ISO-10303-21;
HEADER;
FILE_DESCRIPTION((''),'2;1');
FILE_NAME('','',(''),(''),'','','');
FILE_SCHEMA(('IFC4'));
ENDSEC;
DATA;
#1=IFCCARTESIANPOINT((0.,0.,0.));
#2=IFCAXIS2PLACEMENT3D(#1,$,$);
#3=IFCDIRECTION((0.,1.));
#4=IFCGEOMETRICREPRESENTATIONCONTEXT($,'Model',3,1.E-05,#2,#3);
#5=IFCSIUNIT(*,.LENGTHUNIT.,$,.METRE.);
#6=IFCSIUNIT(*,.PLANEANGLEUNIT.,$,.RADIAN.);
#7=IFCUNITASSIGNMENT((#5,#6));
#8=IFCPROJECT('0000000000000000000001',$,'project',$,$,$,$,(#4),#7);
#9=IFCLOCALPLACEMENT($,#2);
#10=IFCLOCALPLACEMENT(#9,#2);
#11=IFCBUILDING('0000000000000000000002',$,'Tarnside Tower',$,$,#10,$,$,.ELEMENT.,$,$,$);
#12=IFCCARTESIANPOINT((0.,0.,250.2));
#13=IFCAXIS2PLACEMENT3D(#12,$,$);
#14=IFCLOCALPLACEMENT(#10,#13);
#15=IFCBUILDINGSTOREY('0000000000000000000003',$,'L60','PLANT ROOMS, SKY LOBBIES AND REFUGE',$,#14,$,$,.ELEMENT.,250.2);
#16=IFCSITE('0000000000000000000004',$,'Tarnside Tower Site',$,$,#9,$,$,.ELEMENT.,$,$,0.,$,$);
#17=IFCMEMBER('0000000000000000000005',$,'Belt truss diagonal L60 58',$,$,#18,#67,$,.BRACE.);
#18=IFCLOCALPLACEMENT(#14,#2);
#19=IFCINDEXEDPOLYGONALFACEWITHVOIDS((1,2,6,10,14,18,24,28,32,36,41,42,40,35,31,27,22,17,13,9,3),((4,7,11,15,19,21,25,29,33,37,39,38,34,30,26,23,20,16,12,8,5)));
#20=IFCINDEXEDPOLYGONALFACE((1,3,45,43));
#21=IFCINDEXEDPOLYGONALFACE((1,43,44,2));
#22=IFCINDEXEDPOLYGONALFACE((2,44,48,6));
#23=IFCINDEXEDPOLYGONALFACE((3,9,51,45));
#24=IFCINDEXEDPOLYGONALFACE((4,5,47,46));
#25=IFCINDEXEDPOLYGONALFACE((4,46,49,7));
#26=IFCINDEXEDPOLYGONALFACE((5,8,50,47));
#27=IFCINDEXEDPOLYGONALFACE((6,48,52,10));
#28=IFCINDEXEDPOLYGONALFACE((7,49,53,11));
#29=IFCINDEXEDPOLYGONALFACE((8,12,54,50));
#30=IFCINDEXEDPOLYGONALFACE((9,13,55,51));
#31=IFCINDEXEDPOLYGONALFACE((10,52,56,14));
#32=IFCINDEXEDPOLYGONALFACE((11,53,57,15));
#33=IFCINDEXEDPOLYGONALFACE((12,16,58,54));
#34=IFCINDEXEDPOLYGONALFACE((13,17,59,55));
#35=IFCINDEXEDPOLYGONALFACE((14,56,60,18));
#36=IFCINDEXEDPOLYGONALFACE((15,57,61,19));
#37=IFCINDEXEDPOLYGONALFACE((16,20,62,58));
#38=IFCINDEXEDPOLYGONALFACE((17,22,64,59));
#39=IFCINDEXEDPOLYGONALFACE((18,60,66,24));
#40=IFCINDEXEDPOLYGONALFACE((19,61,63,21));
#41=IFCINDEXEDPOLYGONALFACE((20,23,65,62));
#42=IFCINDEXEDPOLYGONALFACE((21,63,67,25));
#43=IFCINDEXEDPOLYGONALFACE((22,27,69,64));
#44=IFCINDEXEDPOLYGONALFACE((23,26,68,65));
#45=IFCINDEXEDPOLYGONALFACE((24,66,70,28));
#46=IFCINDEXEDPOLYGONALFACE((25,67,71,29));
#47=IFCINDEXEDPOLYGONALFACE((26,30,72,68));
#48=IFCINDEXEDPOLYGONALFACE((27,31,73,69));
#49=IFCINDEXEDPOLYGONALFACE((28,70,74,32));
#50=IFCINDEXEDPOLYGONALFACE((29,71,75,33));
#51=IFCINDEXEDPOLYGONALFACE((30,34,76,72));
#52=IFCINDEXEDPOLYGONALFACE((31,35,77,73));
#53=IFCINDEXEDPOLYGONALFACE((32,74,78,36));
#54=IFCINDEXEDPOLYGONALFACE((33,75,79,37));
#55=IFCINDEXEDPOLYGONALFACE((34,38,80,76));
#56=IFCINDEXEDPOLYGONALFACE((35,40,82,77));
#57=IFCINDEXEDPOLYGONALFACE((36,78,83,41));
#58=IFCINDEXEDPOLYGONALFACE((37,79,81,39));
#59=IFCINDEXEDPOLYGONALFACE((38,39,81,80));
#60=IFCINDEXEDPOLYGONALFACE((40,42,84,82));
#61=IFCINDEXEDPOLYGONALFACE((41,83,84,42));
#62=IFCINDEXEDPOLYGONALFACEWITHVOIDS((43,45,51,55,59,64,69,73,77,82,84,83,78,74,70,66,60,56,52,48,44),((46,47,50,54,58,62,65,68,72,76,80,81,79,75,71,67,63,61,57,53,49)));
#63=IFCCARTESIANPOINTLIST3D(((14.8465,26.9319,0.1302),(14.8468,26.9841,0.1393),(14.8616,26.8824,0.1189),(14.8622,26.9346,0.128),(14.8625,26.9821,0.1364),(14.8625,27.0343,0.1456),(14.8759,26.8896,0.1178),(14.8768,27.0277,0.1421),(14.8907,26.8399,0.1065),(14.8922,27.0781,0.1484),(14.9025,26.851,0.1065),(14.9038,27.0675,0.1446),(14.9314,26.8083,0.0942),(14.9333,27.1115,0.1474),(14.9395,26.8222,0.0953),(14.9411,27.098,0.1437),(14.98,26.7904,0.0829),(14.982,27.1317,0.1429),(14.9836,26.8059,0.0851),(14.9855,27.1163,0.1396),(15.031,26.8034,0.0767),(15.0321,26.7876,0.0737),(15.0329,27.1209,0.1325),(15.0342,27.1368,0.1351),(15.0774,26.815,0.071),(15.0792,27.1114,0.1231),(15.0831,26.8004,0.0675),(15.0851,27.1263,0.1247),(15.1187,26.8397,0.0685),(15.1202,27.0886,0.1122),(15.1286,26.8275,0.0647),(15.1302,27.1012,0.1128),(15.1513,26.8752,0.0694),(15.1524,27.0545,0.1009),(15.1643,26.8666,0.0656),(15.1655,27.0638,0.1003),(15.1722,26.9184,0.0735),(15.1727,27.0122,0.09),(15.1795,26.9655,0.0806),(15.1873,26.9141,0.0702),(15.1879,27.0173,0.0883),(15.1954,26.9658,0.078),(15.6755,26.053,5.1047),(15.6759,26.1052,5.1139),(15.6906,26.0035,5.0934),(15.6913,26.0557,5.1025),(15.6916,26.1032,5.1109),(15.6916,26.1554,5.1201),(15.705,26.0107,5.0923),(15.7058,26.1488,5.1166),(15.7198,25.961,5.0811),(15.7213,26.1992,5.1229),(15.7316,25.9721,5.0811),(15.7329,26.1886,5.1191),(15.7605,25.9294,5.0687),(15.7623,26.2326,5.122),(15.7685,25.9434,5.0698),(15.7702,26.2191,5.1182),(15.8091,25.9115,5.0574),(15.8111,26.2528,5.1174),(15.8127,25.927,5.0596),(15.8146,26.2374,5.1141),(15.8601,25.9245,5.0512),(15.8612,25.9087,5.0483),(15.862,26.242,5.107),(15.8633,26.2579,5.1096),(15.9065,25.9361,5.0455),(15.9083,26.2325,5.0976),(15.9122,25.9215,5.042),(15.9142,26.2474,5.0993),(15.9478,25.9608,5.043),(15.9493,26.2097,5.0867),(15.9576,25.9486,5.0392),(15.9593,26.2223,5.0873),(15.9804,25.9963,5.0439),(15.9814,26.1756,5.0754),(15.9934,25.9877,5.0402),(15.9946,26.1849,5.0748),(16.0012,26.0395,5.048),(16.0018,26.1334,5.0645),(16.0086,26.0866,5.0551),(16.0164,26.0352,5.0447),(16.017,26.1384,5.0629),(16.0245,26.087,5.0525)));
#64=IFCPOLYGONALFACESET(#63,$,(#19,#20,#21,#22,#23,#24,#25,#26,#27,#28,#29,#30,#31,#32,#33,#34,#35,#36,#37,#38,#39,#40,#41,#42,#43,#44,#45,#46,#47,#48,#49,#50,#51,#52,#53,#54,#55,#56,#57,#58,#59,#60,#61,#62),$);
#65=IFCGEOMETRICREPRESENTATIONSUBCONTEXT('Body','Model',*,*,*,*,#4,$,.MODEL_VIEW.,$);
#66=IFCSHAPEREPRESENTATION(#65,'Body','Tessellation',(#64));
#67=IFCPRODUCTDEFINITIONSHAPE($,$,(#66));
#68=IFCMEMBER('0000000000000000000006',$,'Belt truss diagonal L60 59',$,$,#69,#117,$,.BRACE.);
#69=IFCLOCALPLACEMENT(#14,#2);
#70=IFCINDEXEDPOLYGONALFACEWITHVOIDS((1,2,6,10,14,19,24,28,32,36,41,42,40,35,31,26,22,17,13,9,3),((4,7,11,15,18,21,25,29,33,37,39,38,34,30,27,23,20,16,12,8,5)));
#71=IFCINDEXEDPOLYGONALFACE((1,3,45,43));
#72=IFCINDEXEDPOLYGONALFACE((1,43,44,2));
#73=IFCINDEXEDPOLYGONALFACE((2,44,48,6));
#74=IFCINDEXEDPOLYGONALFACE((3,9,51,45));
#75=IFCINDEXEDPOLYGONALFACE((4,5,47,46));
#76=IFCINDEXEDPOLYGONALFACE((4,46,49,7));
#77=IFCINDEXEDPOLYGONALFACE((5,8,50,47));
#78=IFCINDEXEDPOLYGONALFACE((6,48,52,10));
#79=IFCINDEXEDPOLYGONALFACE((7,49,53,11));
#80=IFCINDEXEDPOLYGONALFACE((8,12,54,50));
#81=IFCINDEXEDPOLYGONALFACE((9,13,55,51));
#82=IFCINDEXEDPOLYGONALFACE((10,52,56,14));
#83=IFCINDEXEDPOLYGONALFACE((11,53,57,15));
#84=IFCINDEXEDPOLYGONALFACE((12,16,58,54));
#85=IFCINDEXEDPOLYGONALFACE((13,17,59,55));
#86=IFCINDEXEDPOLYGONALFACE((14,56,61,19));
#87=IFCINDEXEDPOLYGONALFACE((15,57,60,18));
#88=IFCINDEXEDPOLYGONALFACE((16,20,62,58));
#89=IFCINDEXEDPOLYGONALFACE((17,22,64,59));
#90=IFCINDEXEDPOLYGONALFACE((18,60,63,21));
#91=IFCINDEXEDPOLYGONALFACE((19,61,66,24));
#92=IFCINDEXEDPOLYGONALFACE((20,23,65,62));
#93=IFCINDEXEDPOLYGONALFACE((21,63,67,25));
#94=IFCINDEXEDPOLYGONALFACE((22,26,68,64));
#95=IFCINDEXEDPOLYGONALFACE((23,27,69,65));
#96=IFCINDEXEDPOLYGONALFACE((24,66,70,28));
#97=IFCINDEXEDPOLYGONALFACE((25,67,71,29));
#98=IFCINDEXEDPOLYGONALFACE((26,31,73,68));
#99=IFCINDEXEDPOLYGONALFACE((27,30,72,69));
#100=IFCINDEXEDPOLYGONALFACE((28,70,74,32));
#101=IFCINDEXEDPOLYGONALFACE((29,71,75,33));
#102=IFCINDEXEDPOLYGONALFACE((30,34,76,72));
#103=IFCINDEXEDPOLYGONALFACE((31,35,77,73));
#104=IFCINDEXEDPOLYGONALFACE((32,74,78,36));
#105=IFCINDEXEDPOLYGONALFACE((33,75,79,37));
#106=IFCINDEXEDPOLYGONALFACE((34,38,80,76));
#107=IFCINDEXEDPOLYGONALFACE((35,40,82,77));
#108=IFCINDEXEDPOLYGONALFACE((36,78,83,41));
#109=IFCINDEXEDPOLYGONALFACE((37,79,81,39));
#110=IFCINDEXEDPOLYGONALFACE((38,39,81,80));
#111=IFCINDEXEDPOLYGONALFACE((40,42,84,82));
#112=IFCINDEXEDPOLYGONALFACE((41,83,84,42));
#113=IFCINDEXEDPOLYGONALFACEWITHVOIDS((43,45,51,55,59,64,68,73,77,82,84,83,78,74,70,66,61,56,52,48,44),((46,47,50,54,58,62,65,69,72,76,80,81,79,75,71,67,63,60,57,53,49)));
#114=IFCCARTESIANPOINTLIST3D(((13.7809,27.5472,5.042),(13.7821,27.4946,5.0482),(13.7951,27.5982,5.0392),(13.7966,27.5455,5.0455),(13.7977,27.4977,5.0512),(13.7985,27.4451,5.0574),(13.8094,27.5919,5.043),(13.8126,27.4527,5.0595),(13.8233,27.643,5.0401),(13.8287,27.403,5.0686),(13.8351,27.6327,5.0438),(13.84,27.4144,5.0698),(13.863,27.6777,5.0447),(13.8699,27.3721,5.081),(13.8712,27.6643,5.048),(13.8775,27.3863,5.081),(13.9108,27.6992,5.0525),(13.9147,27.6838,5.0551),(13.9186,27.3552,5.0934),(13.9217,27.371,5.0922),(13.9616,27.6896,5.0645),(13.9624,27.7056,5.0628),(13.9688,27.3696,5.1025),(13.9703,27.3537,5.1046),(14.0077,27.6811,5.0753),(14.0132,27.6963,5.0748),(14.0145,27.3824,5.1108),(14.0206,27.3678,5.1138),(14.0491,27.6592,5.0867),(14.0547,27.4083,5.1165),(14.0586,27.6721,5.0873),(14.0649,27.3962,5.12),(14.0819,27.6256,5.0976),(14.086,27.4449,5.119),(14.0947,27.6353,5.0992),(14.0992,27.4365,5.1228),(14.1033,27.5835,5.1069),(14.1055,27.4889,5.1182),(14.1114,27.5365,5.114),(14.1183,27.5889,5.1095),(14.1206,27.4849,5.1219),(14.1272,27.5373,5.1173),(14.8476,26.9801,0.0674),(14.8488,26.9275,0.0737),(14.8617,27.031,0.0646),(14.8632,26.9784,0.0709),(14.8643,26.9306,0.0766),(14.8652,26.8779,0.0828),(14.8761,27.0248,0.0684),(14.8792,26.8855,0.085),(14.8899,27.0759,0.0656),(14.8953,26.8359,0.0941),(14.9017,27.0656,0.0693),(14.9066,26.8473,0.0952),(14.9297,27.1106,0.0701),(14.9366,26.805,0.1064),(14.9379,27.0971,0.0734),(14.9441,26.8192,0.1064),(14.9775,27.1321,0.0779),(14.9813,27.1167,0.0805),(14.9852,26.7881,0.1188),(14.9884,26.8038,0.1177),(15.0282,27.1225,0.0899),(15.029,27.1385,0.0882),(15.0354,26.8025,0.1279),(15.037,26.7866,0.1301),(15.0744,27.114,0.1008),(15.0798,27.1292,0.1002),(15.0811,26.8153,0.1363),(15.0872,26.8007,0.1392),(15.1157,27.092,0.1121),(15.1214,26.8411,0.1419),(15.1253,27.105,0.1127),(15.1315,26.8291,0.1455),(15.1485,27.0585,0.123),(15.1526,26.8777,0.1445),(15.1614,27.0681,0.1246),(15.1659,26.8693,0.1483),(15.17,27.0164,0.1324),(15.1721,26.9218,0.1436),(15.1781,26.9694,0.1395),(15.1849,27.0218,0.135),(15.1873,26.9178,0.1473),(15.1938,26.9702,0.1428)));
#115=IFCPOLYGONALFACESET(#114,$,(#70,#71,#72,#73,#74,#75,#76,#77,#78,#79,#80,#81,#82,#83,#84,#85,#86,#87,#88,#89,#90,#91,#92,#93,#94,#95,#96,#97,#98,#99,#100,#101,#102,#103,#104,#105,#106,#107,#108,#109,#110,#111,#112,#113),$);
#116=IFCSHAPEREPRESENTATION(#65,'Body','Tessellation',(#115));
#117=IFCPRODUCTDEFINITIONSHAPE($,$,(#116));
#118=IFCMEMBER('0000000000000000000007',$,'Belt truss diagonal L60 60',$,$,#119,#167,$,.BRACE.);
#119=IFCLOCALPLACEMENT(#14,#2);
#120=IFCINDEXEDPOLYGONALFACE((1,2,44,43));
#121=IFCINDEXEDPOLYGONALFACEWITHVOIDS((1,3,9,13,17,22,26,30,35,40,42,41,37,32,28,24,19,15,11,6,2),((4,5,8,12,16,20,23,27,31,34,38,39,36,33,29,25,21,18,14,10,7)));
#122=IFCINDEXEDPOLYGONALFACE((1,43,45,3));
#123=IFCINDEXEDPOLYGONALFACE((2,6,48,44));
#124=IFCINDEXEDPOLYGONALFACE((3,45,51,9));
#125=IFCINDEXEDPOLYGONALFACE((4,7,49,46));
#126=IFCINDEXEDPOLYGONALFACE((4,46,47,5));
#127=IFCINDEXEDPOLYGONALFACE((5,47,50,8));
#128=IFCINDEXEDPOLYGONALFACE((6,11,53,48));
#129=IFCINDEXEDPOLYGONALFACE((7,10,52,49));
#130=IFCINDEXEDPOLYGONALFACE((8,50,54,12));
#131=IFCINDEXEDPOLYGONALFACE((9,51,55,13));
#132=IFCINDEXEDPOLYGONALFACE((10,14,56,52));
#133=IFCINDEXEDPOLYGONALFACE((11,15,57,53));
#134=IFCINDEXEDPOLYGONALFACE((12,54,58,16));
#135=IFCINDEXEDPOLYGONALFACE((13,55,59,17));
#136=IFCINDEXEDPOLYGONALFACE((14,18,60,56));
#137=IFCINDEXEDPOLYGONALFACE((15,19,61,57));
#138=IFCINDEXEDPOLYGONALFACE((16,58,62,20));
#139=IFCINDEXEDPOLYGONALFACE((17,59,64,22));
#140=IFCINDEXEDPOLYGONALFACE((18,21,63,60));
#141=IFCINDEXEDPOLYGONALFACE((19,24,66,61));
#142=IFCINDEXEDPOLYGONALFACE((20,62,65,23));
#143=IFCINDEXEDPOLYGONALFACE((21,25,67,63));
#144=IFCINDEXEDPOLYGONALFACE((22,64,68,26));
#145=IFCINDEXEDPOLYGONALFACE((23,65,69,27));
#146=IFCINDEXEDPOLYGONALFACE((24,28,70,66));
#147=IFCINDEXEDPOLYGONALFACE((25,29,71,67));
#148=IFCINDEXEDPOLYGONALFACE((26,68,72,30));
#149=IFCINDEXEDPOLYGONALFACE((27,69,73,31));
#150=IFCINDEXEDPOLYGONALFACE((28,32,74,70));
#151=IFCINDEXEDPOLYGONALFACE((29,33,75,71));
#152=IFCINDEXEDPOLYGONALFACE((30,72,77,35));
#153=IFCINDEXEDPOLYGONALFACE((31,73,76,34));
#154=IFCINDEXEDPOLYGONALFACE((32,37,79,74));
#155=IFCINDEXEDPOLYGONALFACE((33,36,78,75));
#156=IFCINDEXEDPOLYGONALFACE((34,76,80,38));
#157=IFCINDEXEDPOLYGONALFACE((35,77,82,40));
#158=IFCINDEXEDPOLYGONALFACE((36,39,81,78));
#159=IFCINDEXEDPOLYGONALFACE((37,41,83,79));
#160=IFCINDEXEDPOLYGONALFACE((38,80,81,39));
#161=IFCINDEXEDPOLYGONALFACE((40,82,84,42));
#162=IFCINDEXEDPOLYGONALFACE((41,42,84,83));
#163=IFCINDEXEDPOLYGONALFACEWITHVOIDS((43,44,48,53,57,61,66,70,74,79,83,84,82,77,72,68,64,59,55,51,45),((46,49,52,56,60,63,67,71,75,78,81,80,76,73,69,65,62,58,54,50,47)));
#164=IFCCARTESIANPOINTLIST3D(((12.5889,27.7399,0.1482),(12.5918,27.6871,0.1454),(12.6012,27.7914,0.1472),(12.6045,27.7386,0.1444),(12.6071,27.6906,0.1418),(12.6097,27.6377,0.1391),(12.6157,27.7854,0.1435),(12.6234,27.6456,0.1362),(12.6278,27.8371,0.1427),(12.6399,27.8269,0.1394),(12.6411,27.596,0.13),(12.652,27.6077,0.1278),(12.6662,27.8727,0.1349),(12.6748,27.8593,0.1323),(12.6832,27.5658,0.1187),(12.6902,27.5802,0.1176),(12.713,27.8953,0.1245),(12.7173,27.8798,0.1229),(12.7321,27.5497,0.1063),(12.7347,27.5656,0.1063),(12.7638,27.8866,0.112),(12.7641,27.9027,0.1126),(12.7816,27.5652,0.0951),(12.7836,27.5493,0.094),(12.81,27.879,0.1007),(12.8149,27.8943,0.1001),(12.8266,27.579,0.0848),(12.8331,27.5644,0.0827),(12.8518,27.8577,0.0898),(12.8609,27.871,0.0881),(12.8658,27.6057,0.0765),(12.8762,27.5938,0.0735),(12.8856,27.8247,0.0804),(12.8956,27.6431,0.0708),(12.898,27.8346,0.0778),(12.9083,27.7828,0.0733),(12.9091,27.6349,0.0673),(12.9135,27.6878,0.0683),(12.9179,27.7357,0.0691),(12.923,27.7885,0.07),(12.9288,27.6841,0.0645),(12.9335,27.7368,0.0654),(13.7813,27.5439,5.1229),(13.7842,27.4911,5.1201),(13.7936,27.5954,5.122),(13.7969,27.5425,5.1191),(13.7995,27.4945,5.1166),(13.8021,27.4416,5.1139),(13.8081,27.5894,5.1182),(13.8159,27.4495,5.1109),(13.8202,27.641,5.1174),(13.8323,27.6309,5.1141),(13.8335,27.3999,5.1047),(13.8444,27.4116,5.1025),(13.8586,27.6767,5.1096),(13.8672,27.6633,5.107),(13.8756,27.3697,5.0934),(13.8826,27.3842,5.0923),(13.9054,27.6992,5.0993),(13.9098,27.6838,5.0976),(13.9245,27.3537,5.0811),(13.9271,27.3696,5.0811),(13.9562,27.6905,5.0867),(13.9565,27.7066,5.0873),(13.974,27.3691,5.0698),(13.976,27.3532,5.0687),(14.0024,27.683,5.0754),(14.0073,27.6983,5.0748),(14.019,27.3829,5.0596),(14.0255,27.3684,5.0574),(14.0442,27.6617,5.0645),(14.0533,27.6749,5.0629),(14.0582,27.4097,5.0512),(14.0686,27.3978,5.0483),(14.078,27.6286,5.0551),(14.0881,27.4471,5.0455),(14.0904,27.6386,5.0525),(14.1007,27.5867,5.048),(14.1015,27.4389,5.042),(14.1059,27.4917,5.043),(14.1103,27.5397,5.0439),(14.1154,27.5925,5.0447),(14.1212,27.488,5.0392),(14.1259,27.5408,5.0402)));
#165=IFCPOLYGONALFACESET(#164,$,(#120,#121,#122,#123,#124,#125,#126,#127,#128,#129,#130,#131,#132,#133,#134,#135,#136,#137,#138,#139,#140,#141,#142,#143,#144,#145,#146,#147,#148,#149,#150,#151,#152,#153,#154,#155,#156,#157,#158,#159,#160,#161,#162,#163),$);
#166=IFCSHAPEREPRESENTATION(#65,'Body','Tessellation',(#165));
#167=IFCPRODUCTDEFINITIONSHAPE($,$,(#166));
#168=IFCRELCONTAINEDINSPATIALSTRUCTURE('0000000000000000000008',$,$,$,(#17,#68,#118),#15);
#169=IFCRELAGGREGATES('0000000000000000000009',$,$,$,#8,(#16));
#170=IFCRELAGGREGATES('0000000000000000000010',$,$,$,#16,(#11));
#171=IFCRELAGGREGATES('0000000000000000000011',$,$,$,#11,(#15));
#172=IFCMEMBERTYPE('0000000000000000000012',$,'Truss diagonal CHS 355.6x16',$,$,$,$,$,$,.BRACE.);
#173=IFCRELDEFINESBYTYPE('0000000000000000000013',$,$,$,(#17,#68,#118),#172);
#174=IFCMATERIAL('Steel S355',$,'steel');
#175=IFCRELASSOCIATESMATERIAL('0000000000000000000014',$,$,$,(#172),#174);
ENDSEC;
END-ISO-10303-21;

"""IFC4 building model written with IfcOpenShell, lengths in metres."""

from ifc_helpers import new_model, si_unit, direction, frame, origin, origin_2d, place, context, subcontext, project, spatial, hollow_circle, extrude, material, material_profile, profile_set, type_object, element, save


model = new_model("IFC4")

# Units and contexts
model_context = context("Model", 3, precision=1e-05, world=origin(), true_north=direction((0.0, 1.0)))
body_context = subcontext(model_context, "Body", "Model", "MODEL_VIEW")
ifc_project = project(units=[si_unit("LENGTHUNIT", "METRE"), si_unit("PLANEANGLEUNIT", "RADIAN")], contexts=[model_context])

# Site, building, storey
site_placement = place(None, origin())
site = spatial("IfcSite", under=ifc_project, at=site_placement, Name="Tarnside Tower Site", CompositionType="ELEMENT", RefElevation=0.0)
building_placement = place(site_placement, origin())
building = spatial("IfcBuilding", under=site, at=building_placement, Name="Tarnside Tower", CompositionType="ELEMENT")
storey_placement = place(building_placement, frame((0.0, 0.0, 250.2)))
storey = spatial("IfcBuildingStorey", under=building, at=storey_placement, Name="L60", Description="PLANT ROOMS, SKY LOBBIES AND REFUGE", CompositionType="ELEMENT", Elevation=250.2)

# Shared definitions
ifc_material_1 = material(Name="Steel S355", Category="steel")

# Members
ifc_material_profile_1 = material_profile(ifc_material_1, hollow_circle(Radius=0.1777, WallThickness=0.0161, at=origin_2d()), Name="CHS 355.6x16")
ifc_profile_set_1 = profile_set([ifc_material_profile_1], Name="Steel S355")
member_type_1 = type_object("IfcMemberType", Name="Truss diagonal CHS 355.6x16", PredefinedType="BRACE", material=ifc_profile_set_1)
for number, where, z_axis, x_axis, name in (
    (1, (15.8491, 26.083, 5.0811), (-0.161958, 0.171687, -0.971748), (-0.727416, -0.686196, 0.0), "Belt truss diagonal L60 58"),
    (2, (15.02, 26.9619, 0.1064), (-0.208363, 0.110787, 0.971757), (-0.469465, -0.882951, 0.0), "Belt truss diagonal L60 59"),
):
    element("IfcMember", number, at=place(storey_placement, frame(where, z_axis=z_axis, x_axis=x_axis)), inside=storey, type_object=member_type_1, Name=name, PredefinedType="BRACE", context=body_context, shape_type="SweptSolid", body=[
        extrude(hollow_circle(Radius=0.1777, WallThickness=0.0161, at=origin_2d()), origin(), (0.0, 0.0, 1.0), 5.1191),
    ])
member_1_placement = place(storey_placement, frame((13.9534, 27.5291, 5.0811), z_axis=(-0.23292, 0.038295, -0.971742), x_axis=(-0.162236, -0.986752, 0.0)))
element("IfcMember", 3, at=member_1_placement, inside=storey, type_object=member_type_1, Name="Belt truss diagonal L60 60", PredefinedType="BRACE", context=body_context, shape_type="SweptSolid", body=[
    extrude(hollow_circle(Radius=0.1777, WallThickness=0.0161, at=origin_2d()), origin(), (0.0, 0.0, 1.0), 5.1194),
])

save(model, "model.ifc")
